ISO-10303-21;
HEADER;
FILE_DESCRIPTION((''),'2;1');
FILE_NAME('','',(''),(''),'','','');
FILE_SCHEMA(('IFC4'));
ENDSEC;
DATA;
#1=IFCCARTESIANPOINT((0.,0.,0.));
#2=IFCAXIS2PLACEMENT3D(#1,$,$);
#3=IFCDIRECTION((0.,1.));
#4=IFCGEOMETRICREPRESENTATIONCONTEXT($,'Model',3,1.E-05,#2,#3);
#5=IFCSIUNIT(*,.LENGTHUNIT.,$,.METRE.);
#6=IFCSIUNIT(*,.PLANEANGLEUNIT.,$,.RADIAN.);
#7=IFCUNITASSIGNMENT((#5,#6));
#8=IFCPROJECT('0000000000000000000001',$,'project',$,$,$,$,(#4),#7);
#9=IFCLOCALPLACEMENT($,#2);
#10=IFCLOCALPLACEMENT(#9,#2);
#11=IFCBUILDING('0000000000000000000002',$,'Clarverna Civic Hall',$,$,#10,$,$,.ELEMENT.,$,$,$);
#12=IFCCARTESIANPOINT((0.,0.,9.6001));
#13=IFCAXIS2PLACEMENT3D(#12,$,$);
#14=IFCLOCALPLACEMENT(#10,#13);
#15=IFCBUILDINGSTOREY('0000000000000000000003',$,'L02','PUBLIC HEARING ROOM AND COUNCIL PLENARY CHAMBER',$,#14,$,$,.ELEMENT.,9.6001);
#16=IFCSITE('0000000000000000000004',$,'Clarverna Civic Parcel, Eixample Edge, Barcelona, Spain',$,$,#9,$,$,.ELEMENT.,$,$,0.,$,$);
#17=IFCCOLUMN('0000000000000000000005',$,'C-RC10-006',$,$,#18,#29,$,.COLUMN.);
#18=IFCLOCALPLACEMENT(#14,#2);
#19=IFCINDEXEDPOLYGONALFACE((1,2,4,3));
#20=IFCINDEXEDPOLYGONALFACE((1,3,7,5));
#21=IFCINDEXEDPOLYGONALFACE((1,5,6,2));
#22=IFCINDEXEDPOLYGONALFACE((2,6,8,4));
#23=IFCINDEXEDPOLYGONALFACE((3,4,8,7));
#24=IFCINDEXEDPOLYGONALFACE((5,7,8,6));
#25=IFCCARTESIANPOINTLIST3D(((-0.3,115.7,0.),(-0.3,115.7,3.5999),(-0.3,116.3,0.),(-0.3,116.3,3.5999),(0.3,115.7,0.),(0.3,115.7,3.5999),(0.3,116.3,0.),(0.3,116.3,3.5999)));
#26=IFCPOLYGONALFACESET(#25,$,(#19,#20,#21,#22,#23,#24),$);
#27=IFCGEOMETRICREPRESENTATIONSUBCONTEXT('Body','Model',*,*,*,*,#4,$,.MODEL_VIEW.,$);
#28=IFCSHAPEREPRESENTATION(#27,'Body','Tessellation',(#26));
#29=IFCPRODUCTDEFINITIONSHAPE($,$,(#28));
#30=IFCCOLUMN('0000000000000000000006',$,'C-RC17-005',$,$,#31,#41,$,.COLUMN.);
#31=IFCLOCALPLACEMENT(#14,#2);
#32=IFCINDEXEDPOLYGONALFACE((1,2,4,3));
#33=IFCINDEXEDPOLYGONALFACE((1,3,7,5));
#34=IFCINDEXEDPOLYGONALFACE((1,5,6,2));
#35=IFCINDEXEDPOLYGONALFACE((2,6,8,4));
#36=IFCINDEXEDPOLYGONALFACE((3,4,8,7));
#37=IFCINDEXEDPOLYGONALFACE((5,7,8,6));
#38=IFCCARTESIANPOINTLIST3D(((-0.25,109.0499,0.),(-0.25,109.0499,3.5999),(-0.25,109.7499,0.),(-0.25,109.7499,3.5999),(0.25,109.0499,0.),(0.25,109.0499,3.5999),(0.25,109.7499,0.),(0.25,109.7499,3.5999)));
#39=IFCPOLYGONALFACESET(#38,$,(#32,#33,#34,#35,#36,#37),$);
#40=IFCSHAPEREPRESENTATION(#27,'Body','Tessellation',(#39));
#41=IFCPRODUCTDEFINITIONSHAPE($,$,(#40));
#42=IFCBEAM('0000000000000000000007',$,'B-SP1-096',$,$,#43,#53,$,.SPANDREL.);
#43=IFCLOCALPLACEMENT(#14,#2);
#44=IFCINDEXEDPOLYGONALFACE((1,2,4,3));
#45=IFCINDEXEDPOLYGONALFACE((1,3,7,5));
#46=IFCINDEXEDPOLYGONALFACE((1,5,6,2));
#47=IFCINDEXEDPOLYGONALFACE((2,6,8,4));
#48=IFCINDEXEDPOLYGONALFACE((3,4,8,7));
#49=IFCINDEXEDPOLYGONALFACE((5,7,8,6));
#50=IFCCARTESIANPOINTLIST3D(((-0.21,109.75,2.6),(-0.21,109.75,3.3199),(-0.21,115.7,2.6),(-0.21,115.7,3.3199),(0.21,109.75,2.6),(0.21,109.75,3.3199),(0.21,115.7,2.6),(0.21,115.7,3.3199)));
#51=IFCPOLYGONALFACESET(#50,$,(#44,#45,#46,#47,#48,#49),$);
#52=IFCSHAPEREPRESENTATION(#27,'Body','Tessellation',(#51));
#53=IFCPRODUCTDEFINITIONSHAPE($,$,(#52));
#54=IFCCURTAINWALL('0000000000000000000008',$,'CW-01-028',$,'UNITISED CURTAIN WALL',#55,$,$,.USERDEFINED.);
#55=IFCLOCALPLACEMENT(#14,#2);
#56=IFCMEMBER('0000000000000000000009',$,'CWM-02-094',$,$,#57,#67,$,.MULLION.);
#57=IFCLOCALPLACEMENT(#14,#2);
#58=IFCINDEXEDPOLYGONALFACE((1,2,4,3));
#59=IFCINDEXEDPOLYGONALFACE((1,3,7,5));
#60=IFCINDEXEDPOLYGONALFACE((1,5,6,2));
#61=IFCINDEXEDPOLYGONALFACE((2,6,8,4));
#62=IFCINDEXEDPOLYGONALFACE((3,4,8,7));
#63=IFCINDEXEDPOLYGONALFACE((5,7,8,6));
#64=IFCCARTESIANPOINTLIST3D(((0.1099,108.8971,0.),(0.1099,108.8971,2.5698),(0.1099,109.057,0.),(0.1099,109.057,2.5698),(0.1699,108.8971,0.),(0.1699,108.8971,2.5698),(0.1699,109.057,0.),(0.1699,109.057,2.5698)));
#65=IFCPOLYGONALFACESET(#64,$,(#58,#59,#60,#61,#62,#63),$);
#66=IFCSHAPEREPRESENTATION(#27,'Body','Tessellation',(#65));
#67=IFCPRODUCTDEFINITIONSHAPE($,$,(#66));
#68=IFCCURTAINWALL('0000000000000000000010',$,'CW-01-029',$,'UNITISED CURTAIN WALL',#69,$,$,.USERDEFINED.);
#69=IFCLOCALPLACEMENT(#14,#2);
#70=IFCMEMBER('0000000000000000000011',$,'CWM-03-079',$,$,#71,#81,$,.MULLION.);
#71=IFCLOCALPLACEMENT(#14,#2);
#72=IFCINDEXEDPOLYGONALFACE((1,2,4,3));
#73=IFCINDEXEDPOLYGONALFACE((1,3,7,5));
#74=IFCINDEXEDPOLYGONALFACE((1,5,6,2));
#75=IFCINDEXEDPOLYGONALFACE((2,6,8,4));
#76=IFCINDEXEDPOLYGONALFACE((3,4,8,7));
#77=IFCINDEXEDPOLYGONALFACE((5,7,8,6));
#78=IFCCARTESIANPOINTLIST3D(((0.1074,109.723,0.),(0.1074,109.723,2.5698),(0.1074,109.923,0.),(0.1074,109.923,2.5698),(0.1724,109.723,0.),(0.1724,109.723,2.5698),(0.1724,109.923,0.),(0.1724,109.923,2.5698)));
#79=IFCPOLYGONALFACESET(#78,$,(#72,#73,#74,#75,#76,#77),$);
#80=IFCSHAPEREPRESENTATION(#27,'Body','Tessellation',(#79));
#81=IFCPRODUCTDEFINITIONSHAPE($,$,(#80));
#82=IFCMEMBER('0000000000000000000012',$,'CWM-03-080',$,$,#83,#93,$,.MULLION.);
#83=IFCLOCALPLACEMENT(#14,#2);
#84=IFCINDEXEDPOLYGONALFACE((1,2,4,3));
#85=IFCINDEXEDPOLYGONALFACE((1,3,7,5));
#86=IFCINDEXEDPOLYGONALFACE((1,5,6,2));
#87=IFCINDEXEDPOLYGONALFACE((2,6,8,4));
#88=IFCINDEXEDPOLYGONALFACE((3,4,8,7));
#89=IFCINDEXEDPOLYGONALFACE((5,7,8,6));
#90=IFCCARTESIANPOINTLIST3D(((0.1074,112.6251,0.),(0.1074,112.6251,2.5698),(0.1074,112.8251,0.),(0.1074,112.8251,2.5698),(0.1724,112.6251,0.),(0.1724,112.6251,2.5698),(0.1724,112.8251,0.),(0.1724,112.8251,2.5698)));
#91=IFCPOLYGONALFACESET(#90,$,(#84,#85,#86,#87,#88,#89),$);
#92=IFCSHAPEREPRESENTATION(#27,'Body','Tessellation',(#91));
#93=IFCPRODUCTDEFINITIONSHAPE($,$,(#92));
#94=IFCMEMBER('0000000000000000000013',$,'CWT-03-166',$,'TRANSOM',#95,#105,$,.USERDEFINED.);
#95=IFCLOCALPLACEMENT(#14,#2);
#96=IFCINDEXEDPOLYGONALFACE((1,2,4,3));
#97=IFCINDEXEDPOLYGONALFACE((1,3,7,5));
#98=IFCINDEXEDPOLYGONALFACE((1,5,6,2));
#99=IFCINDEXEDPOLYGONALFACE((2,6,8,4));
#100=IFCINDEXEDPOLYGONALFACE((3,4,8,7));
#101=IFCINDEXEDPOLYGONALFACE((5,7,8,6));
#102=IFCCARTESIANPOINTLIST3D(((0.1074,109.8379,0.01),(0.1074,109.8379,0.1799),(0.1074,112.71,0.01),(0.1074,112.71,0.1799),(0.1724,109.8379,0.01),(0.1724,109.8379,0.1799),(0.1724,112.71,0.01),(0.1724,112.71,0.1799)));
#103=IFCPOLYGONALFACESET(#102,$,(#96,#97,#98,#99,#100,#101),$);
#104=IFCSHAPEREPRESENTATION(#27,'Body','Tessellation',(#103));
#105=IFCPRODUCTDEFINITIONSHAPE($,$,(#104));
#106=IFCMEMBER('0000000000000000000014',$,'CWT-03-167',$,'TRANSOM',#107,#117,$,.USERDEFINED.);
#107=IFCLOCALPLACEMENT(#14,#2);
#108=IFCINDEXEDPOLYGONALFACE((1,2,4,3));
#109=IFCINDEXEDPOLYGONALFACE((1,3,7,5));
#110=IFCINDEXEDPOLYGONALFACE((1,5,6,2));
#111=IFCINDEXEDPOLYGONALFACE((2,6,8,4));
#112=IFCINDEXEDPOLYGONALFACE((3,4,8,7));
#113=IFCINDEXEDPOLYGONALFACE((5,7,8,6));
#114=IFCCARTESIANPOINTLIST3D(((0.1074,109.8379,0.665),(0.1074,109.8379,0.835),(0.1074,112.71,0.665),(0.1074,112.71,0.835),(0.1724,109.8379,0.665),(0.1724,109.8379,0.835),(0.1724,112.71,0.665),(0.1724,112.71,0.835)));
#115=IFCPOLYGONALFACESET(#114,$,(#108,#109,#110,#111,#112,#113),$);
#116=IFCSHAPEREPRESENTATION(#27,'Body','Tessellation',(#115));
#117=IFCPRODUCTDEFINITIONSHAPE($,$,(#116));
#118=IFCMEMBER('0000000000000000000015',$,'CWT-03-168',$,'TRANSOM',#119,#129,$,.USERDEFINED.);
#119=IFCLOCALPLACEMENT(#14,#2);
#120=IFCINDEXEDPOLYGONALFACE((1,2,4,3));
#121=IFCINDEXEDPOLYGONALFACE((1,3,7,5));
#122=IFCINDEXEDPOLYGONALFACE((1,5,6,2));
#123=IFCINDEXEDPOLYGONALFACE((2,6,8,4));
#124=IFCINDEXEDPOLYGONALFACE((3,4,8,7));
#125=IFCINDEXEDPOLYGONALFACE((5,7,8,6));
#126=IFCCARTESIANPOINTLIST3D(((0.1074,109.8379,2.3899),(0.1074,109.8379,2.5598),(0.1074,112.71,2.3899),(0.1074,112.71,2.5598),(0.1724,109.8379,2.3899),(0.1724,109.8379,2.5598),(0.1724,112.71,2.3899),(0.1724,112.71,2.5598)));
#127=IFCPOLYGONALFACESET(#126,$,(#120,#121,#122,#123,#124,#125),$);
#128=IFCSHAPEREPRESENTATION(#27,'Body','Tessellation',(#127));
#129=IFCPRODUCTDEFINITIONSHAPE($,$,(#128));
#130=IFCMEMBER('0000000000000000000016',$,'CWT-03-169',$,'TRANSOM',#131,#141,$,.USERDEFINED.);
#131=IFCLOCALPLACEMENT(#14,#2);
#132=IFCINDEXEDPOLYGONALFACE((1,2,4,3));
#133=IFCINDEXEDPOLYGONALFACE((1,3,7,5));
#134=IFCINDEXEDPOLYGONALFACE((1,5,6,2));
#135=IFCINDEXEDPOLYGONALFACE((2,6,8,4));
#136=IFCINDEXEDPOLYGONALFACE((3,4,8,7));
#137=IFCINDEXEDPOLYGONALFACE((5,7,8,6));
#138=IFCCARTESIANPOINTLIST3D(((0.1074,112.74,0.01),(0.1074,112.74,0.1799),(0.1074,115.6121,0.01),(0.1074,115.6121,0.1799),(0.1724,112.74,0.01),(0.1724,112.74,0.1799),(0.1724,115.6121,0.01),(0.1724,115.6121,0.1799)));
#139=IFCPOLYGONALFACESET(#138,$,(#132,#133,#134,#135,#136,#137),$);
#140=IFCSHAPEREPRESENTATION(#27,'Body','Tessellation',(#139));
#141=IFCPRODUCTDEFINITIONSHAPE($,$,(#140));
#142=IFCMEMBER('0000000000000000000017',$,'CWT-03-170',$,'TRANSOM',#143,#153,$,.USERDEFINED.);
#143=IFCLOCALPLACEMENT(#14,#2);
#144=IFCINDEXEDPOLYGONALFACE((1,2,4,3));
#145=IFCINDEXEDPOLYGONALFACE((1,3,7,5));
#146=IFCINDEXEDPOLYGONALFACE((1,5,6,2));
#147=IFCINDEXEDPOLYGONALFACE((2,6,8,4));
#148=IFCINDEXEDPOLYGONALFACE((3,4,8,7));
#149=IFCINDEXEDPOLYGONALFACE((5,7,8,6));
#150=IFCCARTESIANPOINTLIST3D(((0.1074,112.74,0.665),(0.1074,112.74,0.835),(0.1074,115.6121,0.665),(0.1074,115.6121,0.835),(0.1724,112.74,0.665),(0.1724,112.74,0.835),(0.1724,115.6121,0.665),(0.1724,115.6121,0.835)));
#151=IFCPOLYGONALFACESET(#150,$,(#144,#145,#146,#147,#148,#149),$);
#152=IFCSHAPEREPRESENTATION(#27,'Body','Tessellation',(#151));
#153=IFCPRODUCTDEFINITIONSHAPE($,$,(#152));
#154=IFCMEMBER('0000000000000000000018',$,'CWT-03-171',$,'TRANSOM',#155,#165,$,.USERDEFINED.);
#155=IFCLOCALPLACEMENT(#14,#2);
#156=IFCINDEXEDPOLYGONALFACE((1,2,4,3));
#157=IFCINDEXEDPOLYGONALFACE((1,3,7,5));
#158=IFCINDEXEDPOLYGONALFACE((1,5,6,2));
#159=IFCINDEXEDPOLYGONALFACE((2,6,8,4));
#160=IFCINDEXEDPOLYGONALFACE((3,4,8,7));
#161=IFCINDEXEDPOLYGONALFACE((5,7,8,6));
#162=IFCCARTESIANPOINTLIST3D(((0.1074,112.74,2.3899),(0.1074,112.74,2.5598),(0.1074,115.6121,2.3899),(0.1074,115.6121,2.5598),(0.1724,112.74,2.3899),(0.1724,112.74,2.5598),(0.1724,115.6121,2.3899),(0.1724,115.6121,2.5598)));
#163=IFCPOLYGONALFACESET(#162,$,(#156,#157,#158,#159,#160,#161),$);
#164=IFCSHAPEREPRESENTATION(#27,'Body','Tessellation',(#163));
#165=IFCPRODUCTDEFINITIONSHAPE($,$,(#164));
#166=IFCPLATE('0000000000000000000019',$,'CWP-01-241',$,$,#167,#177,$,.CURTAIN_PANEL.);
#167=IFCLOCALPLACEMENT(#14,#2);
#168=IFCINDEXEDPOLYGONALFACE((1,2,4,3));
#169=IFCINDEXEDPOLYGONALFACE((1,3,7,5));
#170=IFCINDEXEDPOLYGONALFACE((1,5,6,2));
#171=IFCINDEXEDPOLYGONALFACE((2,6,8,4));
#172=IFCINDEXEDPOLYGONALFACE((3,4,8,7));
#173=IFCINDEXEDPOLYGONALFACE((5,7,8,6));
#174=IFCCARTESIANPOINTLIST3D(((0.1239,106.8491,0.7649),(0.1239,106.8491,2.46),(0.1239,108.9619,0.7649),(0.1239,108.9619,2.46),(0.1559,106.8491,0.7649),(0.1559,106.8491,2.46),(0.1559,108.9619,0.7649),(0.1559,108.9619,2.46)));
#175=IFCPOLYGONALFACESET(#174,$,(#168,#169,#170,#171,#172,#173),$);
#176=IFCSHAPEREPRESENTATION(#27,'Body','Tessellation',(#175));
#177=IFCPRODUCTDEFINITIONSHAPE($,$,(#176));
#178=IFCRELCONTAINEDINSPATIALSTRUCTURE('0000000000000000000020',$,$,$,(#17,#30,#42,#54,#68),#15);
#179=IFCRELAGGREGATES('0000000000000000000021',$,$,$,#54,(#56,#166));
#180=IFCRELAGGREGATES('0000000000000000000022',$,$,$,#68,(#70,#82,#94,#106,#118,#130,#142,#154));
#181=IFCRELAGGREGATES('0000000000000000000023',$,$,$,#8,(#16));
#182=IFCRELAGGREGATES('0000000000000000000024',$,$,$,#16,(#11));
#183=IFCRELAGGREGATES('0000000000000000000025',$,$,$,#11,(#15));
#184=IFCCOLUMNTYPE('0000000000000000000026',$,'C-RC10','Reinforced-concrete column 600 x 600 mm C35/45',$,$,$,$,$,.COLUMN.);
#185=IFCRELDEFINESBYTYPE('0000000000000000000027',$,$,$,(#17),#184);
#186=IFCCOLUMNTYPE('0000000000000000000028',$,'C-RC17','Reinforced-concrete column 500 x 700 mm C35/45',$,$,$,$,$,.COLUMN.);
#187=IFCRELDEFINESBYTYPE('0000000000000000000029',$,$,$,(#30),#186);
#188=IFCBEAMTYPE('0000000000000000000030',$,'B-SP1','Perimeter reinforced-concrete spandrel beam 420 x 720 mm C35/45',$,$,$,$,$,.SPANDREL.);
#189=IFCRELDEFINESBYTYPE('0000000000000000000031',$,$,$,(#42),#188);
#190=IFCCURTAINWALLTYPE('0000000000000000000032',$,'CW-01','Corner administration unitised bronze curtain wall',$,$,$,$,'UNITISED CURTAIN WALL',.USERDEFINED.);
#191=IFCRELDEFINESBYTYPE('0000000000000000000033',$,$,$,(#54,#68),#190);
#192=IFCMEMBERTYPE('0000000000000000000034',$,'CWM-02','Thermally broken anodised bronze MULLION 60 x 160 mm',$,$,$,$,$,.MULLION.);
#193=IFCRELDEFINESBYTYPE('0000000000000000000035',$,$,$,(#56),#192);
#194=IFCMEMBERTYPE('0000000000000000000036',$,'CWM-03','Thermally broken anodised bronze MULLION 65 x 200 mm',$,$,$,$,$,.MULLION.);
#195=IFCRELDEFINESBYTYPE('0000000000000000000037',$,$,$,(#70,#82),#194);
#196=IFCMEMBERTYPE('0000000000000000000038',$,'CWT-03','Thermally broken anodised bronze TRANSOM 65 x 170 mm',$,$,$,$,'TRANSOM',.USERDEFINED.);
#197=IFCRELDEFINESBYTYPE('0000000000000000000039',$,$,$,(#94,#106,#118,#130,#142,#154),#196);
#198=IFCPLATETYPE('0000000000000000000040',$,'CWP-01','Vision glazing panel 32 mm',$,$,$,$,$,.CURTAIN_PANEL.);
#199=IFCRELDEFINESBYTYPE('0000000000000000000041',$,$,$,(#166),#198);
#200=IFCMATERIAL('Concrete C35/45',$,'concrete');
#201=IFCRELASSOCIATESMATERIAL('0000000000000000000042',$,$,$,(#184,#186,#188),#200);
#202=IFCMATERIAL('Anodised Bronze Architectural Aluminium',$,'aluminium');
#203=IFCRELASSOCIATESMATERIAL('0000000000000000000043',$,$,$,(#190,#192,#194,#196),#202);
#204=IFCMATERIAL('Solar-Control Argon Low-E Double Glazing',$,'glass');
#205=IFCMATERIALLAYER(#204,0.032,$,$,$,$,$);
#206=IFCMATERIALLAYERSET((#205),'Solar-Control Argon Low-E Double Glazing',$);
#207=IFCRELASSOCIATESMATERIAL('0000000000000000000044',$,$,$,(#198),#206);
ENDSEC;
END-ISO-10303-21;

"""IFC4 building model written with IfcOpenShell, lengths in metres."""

from ifc_helpers import new_model, si_unit, direction, frame, frame_2d, origin, origin_2d, place, context, subcontext, project, spatial, rectangle, extrude, material, layer, layer_set, material_profile, profile_set, type_object, element, aggregate, save


model = new_model("IFC4")

# Units and contexts
model_context = context("Model", 3, precision=1e-05, world=origin(), true_north=direction((0.0, 1.0)))
body_context = subcontext(model_context, "Body", "Model", "MODEL_VIEW")
ifc_project = project(units=[si_unit("LENGTHUNIT", "METRE"), si_unit("PLANEANGLEUNIT", "RADIAN")], contexts=[model_context])

# Site, building, storey
site_placement = place(None, origin())
site = spatial("IfcSite", under=ifc_project, at=site_placement, Name="Clarverna Civic Parcel, Eixample Edge, Barcelona, Spain", CompositionType="ELEMENT", RefElevation=0.0)
building_placement = place(site_placement, origin())
building = spatial("IfcBuilding", under=site, at=building_placement, Name="Clarverna Civic Hall", CompositionType="ELEMENT")
storey_placement = place(building_placement, frame((0.0, 0.0, 9.6001)))
storey = spatial("IfcBuildingStorey", under=building, at=storey_placement, Name="L02", Description="PUBLIC HEARING ROOM AND COUNCIL PLENARY CHAMBER", CompositionType="ELEMENT", Elevation=9.6001)

# Columns
ifc_material_1 = material(Name="Concrete C35/45", Category="concrete")
ifc_material_profile_1 = material_profile(ifc_material_1, rectangle(XDim=0.6001, YDim=0.6001, at=origin_2d()), Name="RC 600x600")
ifc_profile_set_1 = profile_set([ifc_material_profile_1], Name="Concrete C35/45")
column_type_1 = type_object("IfcColumnType", Name="C-RC10", Description="Reinforced-concrete column 600 x 600 mm C35/45", PredefinedType="COLUMN", material=ifc_profile_set_1)
column_1_placement = place(storey_placement, frame((0.0, 116.0, 0.0), z_axis=(0.0, 0.0, 1.0), x_axis=(1.0, 0.0, 0.0)))
element("IfcColumn", 1, at=column_1_placement, inside=storey, type_object=column_type_1, Name="C-RC10-006", PredefinedType="COLUMN", context=body_context, shape_type="SweptSolid", body=[
    extrude(rectangle(XDim=0.6001, YDim=0.6001, at=origin_2d()), origin(), (0.0, 0.0, 1.0), 3.5999),
])
ifc_material_profile_2 = material_profile(ifc_material_1, rectangle(XDim=0.5, YDim=0.7, at=origin_2d()), Name="RC 500x700")
ifc_profile_set_2 = profile_set([ifc_material_profile_2], Name="Concrete C35/45")
column_type_2 = type_object("IfcColumnType", Name="C-RC17", Description="Reinforced-concrete column 500 x 700 mm C35/45", PredefinedType="COLUMN", material=ifc_profile_set_2)
column_2_placement = place(storey_placement, frame((0.0, 109.3999, 0.0), z_axis=(0.0, 0.0, 1.0), x_axis=(1.0, 0.0, 0.0)))
element("IfcColumn", 2, at=column_2_placement, inside=storey, type_object=column_type_2, Name="C-RC17-005", PredefinedType="COLUMN", context=body_context, shape_type="SweptSolid", body=[
    extrude(rectangle(XDim=0.5, YDim=0.7, at=origin_2d()), origin(), (0.0, 0.0, 1.0), 3.5999),
])

# Beam
ifc_material_profile_3 = material_profile(ifc_material_1, rectangle(XDim=0.4199, YDim=0.72, at=origin_2d()), Name="RC 420x720")
ifc_profile_set_3 = profile_set([ifc_material_profile_3], Name="Concrete C35/45")
beam_type = type_object("IfcBeamType", Name="B-SP1", Description="Perimeter reinforced-concrete spandrel beam 420 x 720 mm C35/45", PredefinedType="SPANDREL", material=ifc_profile_set_3)
beam_placement = place(storey_placement, frame((0.0, 109.75, 2.96), z_axis=(0.0, 1.0, 0.0), x_axis=(-1.0, 0.0, 0.0)))
element("IfcBeam", 3, at=beam_placement, inside=storey, type_object=beam_type, Name="B-SP1-096", PredefinedType="SPANDREL", context=body_context, shape_type="SweptSolid", body=[
    extrude(rectangle(XDim=0.4199, YDim=0.72, at=origin_2d()), origin(), (0.0, 0.0, 1.0), 5.95),
])

# Curtain wall, member
ifc_material_2 = material(Name="Anodised Bronze Architectural Aluminium", Category="aluminium")
curtain_wall_type = type_object("IfcCurtainWallType", Name="CW-01", Description="Corner administration unitised bronze curtain wall", ElementType="UNITISED CURTAIN WALL", PredefinedType="USERDEFINED", material=ifc_material_2)
curtain_wall_1_placement = place(storey_placement, origin())
curtain_wall_1 = element("IfcCurtainWall", 4, at=curtain_wall_1_placement, inside=storey, type_object=curtain_wall_type, Name="CW-01-028", ObjectType="UNITISED CURTAIN WALL", PredefinedType="USERDEFINED")
ifc_material_profile_4 = material_profile(ifc_material_2, rectangle(XDim=0.0601, YDim=0.1599, at=origin_2d()), Name="BRONZE 60x160")
ifc_profile_set_4 = profile_set([ifc_material_profile_4], Name="Anodised Bronze Architectural Aluminium")
member_type_1 = type_object("IfcMemberType", Name="CWM-02", Description="Thermally broken anodised bronze MULLION 60 x 160 mm", PredefinedType="MULLION", material=ifc_profile_set_4)
member_1_placement = place(storey_placement, frame((0.1399, 108.9771, 0.0), z_axis=(0.0, 0.0, 1.0), x_axis=(1.0, 0.0, 0.0)))
member_1 = element("IfcMember", 5, at=member_1_placement, type_object=member_type_1, Name="CWM-02-094", PredefinedType="MULLION", context=body_context, shape_type="SweptSolid", body=[
    extrude(rectangle(XDim=0.0601, YDim=0.1599, at=origin_2d()), origin(), (0.0, 0.0, 1.0), 2.5698),
])

# Curtain wall, members
curtain_wall_2_placement = place(storey_placement, origin())
curtain_wall_2 = element("IfcCurtainWall", 6, at=curtain_wall_2_placement, inside=storey, type_object=curtain_wall_type, Name="CW-01-029", ObjectType="UNITISED CURTAIN WALL", PredefinedType="USERDEFINED")
ifc_material_profile_5 = material_profile(ifc_material_2, rectangle(XDim=0.0649, YDim=0.2, at=origin_2d()), Name="BRONZE 65x200")
ifc_profile_set_5 = profile_set([ifc_material_profile_5], Name="Anodised Bronze Architectural Aluminium")
member_type_2 = type_object("IfcMemberType", Name="CWM-03", Description="Thermally broken anodised bronze MULLION 65 x 200 mm", PredefinedType="MULLION", material=ifc_profile_set_5)
member_2_placement = place(storey_placement, frame((0.1399, 109.823, 0.0), z_axis=(0.0, 0.0, 1.0), x_axis=(1.0, 0.0, 0.0)))
member_2 = element("IfcMember", 7, at=member_2_placement, type_object=member_type_2, Name="CWM-03-079", PredefinedType="MULLION", context=body_context, shape_type="SweptSolid", body=[
    extrude(rectangle(XDim=0.0649, YDim=0.2, at=origin_2d()), origin(), (0.0, 0.0, 1.0), 2.5698),
])
member_3_placement = place(storey_placement, frame((0.1399, 112.7251, 0.0), z_axis=(0.0, 0.0, 1.0), x_axis=(1.0, 0.0, 0.0)))
member_3 = element("IfcMember", 8, at=member_3_placement, type_object=member_type_2, Name="CWM-03-080", PredefinedType="MULLION", context=body_context, shape_type="SweptSolid", body=[
    extrude(rectangle(XDim=0.0649, YDim=0.2, at=origin_2d()), origin(), (0.0, 0.0, 1.0), 2.5698),
])
ifc_material_profile_6 = material_profile(ifc_material_2, rectangle(XDim=0.0649, YDim=0.1699, at=origin_2d()), Name="BRONZE 65x170")
ifc_profile_set_6 = profile_set([ifc_material_profile_6], Name="Anodised Bronze Architectural Aluminium")
member_type_3 = type_object("IfcMemberType", Name="CWT-03", Description="Thermally broken anodised bronze TRANSOM 65 x 170 mm", ElementType="TRANSOM", PredefinedType="USERDEFINED", material=ifc_profile_set_6)
member_4_placement = place(storey_placement, frame((0.1399, 109.8379, 0.095), z_axis=(0.0, 1.0, 0.0), x_axis=(-1.0, 0.0, 0.0)))
member_4 = element("IfcMember", 9, at=member_4_placement, type_object=member_type_3, Name="CWT-03-166", ObjectType="TRANSOM", PredefinedType="USERDEFINED", context=body_context, shape_type="SweptSolid", body=[
    extrude(rectangle(XDim=0.0649, YDim=0.1699, at=origin_2d()), origin(), (0.0, 0.0, 1.0), 2.8721),
])
member_5_placement = place(storey_placement, frame((0.1399, 109.8379, 0.75), z_axis=(0.0, 1.0, 0.0), x_axis=(-1.0, 0.0, 0.0)))
member_5 = element("IfcMember", 10, at=member_5_placement, type_object=member_type_3, Name="CWT-03-167", ObjectType="TRANSOM", PredefinedType="USERDEFINED", context=body_context, shape_type="SweptSolid", body=[
    extrude(rectangle(XDim=0.0649, YDim=0.1699, at=origin_2d()), origin(), (0.0, 0.0, 1.0), 2.8721),
])
member_6_placement = place(storey_placement, frame((0.1399, 109.8379, 2.4749), z_axis=(0.0, 1.0, 0.0), x_axis=(-1.0, 0.0, 0.0)))
member_6 = element("IfcMember", 11, at=member_6_placement, type_object=member_type_3, Name="CWT-03-168", ObjectType="TRANSOM", PredefinedType="USERDEFINED", context=body_context, shape_type="SweptSolid", body=[
    extrude(rectangle(XDim=0.0649, YDim=0.1699, at=origin_2d()), origin(), (0.0, 0.0, 1.0), 2.8721),
])
member_7_placement = place(storey_placement, frame((0.1399, 112.74, 0.095), z_axis=(0.0, 1.0, 0.0), x_axis=(-1.0, 0.0, 0.0)))
member_7 = element("IfcMember", 12, at=member_7_placement, type_object=member_type_3, Name="CWT-03-169", ObjectType="TRANSOM", PredefinedType="USERDEFINED", context=body_context, shape_type="SweptSolid", body=[
    extrude(rectangle(XDim=0.0649, YDim=0.1699, at=origin_2d()), origin(), (0.0, 0.0, 1.0), 2.8721),
])
member_8_placement = place(storey_placement, frame((0.1399, 112.74, 0.75), z_axis=(0.0, 1.0, 0.0), x_axis=(-1.0, 0.0, 0.0)))
member_8 = element("IfcMember", 13, at=member_8_placement, type_object=member_type_3, Name="CWT-03-170", ObjectType="TRANSOM", PredefinedType="USERDEFINED", context=body_context, shape_type="SweptSolid", body=[
    extrude(rectangle(XDim=0.0649, YDim=0.1699, at=origin_2d()), origin(), (0.0, 0.0, 1.0), 2.8721),
])
member_9_placement = place(storey_placement, frame((0.1399, 112.74, 2.4749), z_axis=(0.0, 1.0, 0.0), x_axis=(-1.0, 0.0, 0.0)))
member_9 = element("IfcMember", 14, at=member_9_placement, type_object=member_type_3, Name="CWT-03-171", ObjectType="TRANSOM", PredefinedType="USERDEFINED", context=body_context, shape_type="SweptSolid", body=[
    extrude(rectangle(XDim=0.0649, YDim=0.1699, at=origin_2d()), origin(), (0.0, 0.0, 1.0), 2.8721),
])

# Plate
ifc_material_3 = material(Name="Solar-Control Argon Low-E Double Glazing", Category="glass")
ifc_layer_1 = layer(ifc_material_3, 0.032)
ifc_layer_set_1 = layer_set([ifc_layer_1], Name="Solar-Control Argon Low-E Double Glazing")
plate_type_1 = type_object("IfcPlateType", Name="CWP-01", Description="Vision glazing panel 32 mm", PredefinedType="CURTAIN_PANEL", material=ifc_layer_set_1)
plate_1_placement = place(storey_placement, frame((0.1399, 106.8491, 0.7649), z_axis=(0.0, 0.0, 1.0), x_axis=(0.0, 1.0, 0.0)))
plate_1 = element("IfcPlate", 15, at=plate_1_placement, type_object=plate_type_1, Name="CWP-01-241", PredefinedType="CURTAIN_PANEL", context=body_context, shape_type="SweptSolid", body=[
    extrude(rectangle(XDim=2.1128, YDim=0.032, at=frame_2d((1.0564, 0.0))), origin(), (0.0, 0.0, 1.0), 1.6951),
])
aggregate(curtain_wall_1, [member_1, plate_1])
aggregate(curtain_wall_2, [member_2, member_3, member_4, member_5, member_6, member_7, member_8, member_9])

save(model, "model.ifc")
